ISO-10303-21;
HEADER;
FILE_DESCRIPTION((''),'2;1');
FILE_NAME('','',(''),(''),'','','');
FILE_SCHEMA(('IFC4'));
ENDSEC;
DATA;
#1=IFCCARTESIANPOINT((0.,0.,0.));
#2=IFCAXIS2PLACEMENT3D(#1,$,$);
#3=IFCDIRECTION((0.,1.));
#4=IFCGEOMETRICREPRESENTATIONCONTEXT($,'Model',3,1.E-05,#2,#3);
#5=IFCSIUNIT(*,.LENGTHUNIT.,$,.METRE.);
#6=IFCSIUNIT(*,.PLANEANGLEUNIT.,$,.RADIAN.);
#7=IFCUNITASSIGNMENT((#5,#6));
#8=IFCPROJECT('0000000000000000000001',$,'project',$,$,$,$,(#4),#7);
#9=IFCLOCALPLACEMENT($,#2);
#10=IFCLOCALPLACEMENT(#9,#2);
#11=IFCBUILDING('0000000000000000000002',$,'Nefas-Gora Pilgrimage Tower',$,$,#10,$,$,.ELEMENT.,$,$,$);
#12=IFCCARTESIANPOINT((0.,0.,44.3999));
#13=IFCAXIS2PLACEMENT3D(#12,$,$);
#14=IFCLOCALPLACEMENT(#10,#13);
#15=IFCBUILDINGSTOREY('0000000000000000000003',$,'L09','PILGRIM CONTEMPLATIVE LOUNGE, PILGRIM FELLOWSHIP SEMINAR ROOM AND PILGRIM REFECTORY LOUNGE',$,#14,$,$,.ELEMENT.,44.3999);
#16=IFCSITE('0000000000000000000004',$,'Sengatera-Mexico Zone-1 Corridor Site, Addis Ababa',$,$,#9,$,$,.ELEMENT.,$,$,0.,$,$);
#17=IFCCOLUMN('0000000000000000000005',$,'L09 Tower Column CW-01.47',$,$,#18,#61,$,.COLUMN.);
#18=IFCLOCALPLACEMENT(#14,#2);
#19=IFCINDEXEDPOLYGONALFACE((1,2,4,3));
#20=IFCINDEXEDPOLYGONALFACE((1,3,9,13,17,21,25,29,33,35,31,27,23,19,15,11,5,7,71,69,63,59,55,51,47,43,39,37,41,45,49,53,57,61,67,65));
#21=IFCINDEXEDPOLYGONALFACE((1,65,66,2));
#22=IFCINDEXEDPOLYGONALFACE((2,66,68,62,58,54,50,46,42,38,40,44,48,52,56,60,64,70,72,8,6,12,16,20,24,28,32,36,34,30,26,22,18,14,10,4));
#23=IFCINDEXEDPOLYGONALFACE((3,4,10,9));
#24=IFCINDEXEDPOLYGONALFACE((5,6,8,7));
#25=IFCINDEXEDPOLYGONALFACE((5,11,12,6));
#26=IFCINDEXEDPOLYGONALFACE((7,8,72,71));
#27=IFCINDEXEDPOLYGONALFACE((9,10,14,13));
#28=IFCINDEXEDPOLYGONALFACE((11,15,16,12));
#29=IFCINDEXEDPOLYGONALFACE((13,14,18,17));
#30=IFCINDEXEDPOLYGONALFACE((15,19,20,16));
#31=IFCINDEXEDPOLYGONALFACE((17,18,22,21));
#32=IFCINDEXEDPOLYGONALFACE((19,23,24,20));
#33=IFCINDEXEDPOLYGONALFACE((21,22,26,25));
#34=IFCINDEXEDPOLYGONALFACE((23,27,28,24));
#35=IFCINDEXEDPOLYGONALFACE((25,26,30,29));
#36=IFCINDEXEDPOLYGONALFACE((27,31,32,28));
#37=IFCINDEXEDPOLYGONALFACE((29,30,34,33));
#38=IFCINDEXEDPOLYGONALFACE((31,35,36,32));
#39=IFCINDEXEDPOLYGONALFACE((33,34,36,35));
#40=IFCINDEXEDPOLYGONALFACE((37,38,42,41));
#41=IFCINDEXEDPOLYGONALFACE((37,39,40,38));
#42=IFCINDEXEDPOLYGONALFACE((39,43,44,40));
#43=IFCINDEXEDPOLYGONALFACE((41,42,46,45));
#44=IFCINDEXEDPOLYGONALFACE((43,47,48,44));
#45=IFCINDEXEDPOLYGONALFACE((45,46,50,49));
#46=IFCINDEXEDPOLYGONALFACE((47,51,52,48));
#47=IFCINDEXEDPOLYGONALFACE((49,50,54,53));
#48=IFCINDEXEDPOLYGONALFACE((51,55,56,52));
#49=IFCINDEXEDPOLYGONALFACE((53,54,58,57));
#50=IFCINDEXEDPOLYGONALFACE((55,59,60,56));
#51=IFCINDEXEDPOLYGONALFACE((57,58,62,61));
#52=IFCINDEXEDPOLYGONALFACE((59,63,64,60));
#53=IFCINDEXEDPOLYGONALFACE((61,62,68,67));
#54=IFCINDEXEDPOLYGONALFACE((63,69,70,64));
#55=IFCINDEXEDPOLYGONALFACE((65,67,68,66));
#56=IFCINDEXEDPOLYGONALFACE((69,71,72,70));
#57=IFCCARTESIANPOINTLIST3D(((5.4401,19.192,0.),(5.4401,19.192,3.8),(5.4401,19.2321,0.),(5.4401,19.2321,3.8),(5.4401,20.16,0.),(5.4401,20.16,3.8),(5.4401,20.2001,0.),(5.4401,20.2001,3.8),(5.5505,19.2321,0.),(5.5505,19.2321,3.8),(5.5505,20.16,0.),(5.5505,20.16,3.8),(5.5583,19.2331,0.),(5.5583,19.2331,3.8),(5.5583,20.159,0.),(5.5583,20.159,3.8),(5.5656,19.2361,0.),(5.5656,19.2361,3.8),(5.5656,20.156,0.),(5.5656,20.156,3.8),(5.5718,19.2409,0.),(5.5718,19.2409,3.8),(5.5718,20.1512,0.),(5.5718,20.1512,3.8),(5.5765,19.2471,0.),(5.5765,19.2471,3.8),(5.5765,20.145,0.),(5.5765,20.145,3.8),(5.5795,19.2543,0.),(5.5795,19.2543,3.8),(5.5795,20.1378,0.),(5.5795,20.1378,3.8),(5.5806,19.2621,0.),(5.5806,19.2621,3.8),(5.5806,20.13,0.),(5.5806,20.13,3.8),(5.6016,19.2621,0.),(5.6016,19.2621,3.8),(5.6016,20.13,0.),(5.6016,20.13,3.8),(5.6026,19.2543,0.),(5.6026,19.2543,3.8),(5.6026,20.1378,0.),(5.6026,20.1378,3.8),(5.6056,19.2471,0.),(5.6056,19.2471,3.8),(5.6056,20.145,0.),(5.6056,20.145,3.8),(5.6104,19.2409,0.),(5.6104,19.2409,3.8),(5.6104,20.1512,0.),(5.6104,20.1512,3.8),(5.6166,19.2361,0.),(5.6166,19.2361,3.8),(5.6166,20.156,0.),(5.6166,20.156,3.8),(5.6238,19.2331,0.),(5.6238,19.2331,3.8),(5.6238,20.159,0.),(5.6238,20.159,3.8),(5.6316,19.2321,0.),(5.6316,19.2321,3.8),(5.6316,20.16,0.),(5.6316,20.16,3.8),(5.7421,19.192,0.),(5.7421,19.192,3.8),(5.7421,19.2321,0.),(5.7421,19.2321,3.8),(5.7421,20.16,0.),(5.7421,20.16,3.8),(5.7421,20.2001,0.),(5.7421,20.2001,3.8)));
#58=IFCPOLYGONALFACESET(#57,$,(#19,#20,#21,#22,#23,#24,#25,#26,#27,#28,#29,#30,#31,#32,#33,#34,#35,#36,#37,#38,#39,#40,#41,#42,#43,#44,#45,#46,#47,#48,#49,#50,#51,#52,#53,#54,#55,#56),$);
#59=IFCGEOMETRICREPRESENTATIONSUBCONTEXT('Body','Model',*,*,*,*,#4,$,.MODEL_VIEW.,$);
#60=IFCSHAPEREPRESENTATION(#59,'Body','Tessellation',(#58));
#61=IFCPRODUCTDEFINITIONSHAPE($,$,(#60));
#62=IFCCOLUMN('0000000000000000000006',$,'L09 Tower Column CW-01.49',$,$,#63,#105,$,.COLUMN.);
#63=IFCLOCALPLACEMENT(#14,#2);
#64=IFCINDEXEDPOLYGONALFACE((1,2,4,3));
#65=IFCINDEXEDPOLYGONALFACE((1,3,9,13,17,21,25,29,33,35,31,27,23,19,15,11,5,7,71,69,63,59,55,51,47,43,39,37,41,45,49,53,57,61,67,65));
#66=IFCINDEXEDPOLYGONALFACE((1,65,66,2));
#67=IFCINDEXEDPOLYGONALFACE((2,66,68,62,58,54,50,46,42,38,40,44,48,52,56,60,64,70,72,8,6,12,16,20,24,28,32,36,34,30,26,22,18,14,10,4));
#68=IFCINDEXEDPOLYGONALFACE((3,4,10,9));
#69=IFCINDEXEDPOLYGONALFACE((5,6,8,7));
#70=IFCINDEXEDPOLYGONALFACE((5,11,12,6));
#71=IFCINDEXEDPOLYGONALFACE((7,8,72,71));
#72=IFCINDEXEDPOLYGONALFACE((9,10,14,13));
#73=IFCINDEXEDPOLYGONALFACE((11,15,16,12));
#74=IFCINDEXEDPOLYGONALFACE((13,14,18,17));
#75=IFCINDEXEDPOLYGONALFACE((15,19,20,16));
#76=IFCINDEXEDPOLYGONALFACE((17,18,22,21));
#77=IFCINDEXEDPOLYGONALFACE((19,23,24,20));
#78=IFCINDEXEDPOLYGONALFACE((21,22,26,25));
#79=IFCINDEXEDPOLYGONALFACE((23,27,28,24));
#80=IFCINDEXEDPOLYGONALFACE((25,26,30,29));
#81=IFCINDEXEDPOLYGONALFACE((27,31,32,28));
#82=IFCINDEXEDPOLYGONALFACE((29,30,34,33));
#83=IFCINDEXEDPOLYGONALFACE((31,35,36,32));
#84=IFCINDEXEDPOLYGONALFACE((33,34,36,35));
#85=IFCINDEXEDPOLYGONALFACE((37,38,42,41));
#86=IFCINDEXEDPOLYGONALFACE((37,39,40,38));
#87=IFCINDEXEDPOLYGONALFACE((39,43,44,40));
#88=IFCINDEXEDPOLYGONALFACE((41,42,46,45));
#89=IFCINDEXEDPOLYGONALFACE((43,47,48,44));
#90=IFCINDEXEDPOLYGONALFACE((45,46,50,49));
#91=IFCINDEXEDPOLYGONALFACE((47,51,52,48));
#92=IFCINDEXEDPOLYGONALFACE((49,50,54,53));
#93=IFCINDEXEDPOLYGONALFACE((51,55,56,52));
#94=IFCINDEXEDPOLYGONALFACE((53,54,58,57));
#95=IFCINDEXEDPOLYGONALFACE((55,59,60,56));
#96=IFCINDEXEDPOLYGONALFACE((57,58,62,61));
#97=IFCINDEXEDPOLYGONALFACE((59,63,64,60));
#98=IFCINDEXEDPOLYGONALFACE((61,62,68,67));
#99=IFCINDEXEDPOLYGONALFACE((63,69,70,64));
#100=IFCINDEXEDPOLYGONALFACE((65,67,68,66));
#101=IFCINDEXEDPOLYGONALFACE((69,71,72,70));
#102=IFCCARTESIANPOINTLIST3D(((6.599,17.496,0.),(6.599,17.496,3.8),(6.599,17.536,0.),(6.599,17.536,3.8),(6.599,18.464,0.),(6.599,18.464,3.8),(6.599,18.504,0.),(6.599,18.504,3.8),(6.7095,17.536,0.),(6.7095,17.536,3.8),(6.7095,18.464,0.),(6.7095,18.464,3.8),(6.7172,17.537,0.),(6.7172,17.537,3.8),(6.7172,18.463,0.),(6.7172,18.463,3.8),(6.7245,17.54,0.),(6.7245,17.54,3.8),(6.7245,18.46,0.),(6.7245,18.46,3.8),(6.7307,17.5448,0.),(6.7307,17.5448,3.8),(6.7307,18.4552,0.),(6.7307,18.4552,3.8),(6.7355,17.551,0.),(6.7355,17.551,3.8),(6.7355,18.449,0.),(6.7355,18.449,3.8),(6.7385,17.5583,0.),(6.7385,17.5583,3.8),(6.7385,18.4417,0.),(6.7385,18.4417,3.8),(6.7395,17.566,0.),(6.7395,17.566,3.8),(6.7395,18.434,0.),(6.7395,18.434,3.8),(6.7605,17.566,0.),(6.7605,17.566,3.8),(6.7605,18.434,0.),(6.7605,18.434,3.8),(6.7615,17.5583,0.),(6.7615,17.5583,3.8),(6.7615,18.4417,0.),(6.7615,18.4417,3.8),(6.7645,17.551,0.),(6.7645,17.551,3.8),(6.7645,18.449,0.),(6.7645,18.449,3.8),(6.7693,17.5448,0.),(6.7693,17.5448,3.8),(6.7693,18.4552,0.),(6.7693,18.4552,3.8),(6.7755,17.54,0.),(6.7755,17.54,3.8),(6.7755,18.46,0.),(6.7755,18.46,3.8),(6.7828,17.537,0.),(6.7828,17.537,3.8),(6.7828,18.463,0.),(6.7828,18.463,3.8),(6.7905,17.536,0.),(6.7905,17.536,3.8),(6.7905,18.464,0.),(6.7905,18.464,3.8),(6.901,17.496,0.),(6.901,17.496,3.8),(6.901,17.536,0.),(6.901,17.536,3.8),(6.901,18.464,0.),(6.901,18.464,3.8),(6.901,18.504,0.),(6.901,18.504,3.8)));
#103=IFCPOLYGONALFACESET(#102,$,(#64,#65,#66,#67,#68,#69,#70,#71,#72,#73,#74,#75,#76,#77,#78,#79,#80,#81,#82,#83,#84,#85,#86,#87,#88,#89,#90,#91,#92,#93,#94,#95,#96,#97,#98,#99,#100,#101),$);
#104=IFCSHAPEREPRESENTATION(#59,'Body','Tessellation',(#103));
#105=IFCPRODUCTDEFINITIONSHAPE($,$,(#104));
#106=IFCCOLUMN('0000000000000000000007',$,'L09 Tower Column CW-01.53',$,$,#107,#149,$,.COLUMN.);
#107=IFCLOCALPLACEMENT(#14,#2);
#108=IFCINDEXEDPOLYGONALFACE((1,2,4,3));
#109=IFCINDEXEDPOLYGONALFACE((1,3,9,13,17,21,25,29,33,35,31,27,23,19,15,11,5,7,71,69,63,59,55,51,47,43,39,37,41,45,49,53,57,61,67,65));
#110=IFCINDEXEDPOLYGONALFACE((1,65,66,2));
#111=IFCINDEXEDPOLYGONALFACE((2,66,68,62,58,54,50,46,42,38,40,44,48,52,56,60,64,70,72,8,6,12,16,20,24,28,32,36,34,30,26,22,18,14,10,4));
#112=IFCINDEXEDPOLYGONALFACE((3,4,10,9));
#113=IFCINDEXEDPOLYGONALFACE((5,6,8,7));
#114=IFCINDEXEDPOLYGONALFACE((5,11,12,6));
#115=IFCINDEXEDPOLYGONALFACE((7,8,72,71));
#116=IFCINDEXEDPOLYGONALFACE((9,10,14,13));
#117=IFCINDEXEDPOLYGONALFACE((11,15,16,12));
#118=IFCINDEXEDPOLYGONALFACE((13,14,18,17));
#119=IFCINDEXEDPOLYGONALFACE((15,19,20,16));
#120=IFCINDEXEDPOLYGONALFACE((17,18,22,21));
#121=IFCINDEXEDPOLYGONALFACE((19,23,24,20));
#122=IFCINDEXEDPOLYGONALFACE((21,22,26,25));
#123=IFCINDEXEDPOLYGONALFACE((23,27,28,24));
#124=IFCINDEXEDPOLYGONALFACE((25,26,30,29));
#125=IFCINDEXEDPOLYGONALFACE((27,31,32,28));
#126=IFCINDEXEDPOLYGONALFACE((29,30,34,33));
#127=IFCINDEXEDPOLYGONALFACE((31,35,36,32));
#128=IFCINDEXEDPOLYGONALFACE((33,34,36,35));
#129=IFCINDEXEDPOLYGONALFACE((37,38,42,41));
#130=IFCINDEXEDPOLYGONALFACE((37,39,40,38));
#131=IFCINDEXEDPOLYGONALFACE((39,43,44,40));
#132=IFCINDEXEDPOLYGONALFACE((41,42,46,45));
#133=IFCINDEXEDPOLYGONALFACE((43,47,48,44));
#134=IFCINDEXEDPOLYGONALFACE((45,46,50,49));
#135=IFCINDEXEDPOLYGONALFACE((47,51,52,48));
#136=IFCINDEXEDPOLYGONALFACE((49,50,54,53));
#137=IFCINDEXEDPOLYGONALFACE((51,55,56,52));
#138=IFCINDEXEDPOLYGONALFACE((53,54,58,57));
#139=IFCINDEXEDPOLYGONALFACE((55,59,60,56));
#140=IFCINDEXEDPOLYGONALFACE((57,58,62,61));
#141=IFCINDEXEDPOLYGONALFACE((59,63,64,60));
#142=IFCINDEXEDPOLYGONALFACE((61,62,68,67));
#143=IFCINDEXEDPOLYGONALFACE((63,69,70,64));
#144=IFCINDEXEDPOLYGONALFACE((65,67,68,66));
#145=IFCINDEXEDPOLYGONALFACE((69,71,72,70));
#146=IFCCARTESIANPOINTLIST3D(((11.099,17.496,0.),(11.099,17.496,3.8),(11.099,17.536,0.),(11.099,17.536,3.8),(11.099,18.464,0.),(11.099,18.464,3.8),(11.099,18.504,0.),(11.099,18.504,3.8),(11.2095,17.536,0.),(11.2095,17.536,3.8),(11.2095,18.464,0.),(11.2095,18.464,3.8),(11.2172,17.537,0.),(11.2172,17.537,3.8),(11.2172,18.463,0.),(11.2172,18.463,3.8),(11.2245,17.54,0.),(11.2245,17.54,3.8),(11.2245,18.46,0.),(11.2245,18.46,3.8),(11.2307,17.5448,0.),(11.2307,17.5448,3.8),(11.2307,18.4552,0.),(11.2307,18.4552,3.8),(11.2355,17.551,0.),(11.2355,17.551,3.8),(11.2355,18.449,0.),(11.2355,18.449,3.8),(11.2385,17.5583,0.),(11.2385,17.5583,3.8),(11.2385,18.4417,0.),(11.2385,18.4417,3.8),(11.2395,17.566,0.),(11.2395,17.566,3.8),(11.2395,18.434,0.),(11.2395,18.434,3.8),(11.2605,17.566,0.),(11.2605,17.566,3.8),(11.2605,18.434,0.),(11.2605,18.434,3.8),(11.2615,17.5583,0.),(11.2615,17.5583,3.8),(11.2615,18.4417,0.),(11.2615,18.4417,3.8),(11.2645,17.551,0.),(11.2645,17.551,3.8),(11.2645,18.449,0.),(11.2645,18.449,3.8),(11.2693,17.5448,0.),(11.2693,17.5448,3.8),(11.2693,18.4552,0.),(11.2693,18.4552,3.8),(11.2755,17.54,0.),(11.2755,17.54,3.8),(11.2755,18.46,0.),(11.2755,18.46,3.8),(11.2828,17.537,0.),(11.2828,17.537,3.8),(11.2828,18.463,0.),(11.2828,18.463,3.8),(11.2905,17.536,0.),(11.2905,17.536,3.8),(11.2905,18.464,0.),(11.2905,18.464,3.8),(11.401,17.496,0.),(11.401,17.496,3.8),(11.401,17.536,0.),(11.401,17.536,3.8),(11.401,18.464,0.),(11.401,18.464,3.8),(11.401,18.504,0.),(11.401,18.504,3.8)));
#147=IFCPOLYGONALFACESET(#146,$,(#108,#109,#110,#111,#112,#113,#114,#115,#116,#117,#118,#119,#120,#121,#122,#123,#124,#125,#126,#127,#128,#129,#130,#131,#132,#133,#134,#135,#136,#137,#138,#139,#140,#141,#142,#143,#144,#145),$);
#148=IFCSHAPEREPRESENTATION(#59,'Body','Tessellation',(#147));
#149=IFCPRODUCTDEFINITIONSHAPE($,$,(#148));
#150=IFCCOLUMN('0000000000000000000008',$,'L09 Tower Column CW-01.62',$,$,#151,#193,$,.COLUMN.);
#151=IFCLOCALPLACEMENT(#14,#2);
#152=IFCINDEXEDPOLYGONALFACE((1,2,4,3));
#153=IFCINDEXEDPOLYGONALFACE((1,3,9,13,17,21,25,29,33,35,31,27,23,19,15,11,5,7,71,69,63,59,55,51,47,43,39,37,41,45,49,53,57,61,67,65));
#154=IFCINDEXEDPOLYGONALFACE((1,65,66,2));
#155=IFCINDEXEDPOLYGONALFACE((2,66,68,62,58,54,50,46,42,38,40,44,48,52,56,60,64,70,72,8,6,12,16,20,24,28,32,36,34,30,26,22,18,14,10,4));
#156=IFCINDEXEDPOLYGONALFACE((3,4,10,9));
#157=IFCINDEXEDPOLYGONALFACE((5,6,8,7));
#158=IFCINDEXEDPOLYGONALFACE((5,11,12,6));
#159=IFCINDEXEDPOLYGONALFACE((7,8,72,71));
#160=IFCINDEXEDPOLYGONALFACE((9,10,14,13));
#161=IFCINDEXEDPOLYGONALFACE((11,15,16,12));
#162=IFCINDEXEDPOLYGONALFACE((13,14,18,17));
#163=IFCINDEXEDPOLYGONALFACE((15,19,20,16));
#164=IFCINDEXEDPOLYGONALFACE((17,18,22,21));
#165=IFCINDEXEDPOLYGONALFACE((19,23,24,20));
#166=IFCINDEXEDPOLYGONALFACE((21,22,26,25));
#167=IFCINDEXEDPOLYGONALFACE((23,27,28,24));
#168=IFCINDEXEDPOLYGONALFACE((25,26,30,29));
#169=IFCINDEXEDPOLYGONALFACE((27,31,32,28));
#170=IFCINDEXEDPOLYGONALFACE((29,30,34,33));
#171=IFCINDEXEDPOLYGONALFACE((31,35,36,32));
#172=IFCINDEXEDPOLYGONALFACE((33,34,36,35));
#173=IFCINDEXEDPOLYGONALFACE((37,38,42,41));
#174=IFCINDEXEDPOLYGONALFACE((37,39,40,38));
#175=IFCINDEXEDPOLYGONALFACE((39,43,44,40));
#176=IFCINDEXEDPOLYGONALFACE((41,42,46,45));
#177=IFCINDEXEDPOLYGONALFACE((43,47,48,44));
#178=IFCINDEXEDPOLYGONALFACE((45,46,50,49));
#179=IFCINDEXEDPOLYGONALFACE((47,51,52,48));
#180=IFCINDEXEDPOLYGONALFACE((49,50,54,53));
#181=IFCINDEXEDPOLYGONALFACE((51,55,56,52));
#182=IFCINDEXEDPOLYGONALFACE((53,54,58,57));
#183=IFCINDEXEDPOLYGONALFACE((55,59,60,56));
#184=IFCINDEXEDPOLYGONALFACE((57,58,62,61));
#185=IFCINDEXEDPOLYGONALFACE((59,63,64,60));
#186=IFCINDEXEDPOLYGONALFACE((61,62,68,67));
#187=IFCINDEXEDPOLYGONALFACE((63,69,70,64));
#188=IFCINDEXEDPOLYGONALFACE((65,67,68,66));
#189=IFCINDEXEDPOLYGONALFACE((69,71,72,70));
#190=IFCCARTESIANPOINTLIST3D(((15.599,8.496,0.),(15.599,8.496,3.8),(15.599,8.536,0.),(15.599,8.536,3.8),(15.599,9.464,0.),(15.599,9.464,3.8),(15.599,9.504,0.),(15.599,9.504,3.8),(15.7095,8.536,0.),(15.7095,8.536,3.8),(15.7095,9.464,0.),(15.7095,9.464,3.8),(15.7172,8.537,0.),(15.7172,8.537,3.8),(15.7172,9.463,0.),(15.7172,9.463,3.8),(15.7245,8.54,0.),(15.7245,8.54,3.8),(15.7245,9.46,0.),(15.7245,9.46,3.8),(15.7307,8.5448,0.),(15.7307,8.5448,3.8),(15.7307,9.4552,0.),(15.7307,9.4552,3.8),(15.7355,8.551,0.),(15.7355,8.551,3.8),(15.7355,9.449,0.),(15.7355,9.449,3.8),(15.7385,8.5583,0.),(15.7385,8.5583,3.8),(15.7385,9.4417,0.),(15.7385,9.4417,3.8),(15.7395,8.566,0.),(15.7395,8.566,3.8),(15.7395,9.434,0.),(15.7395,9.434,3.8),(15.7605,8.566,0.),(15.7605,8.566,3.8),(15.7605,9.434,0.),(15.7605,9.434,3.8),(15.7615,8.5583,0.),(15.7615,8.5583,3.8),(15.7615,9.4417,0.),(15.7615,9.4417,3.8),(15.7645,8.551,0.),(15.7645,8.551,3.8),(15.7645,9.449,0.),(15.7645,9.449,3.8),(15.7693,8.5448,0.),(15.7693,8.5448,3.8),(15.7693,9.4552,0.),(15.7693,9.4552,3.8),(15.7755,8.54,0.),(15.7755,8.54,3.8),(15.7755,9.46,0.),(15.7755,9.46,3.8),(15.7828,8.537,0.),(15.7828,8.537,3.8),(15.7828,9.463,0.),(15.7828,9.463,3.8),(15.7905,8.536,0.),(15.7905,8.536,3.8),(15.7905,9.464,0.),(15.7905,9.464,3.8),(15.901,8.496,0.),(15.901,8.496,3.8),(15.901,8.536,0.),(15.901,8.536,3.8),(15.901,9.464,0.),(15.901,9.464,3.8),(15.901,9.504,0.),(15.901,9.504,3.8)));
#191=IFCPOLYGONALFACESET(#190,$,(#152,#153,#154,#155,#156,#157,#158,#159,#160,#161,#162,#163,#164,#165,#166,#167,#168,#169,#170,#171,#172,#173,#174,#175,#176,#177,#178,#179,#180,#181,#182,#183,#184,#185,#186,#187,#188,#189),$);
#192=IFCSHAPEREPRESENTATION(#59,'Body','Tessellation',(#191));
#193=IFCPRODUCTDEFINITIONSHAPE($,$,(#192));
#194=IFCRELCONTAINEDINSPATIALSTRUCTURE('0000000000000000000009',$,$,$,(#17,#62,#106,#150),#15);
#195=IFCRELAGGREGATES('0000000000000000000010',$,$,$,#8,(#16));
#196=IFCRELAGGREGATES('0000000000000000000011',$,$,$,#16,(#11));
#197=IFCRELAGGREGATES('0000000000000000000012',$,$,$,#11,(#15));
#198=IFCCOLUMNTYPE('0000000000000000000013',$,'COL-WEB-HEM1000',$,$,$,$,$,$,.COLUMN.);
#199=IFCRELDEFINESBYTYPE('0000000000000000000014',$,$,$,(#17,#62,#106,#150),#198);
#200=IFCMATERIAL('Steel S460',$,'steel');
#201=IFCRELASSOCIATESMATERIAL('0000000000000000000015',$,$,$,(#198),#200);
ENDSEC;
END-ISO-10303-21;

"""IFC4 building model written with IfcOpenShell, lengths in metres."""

from ifc_helpers import new_model, si_unit, direction, frame, origin, origin_2d, place, context, subcontext, project, spatial, i_section, extrude, source, transform, mapped, material, material_profile, profile_set, type_object, element, save


model = new_model("IFC4")

# Units and contexts
model_context = context("Model", 3, precision=1e-05, world=origin(), true_north=direction((0.0, 1.0)))
body_context = subcontext(model_context, "Body", "Model", "MODEL_VIEW")
ifc_project = project(units=[si_unit("LENGTHUNIT", "METRE"), si_unit("PLANEANGLEUNIT", "RADIAN")], contexts=[model_context])

# Site, building, storey
site_placement = place(None, origin())
site = spatial("IfcSite", under=ifc_project, at=site_placement, Name="Sengatera-Mexico Zone-1 Corridor Site, Addis Ababa", CompositionType="ELEMENT", RefElevation=0.0)
building_placement = place(site_placement, origin())
building = spatial("IfcBuilding", under=site, at=building_placement, Name="Nefas-Gora Pilgrimage Tower", CompositionType="ELEMENT")
storey_placement = place(building_placement, frame((0.0, 0.0, 44.3999)))
storey = spatial("IfcBuildingStorey", under=building, at=storey_placement, Name="L09", Description="PILGRIM CONTEMPLATIVE LOUNGE, PILGRIM FELLOWSHIP SEMINAR ROOM AND PILGRIM REFECTORY LOUNGE", CompositionType="ELEMENT", Elevation=44.3999)

# Columns
ifc_material_1 = material(Name="Steel S460", Category="steel")
ifc_material_profile_1 = material_profile(ifc_material_1, i_section(OverallWidth=0.302, OverallDepth=1.0081, WebThickness=0.021, FlangeThickness=0.04, FilletRadius=0.03, at=origin_2d()), Name="HEM 1000")
ifc_profile_set_1 = profile_set([ifc_material_profile_1], Name="Steel S460")
column_type_1 = type_object("IfcColumnType", Name="COL-WEB-HEM1000", PredefinedType="COLUMN", material=ifc_profile_set_1)
shared_shape_1 = source(origin(), body_context, "Body", "SweptSolid", [
    extrude(i_section(OverallWidth=0.302, OverallDepth=1.0081, WebThickness=0.021, FlangeThickness=0.04, FilletRadius=0.03, at=origin_2d()), origin(), (0.0, 0.0, 1.0), 3.8),
])
for number, where, z_axis, x_axis, name in (
    (1, (5.5911, 19.696, 0.0), (0.0, 0.0, 1.0), (1.0, 0.0, 0.0), "L09 Tower Column CW-01.47"),
    (2, (6.75, 18.0, 0.0), (0.0, 0.0, 1.0), (1.0, 0.0, 0.0), "L09 Tower Column CW-01.49"),
    (3, (11.25, 18.0, 0.0), (0.0, 0.0, 1.0), (1.0, 0.0, 0.0), "L09 Tower Column CW-01.53"),
    (4, (15.75, 9.0, 0.0), (0.0, 0.0, 1.0), (1.0, 0.0, 0.0), "L09 Tower Column CW-01.62"),
):
    element("IfcColumn", number, at=place(storey_placement, frame(where, z_axis=z_axis, x_axis=x_axis)), inside=storey, type_object=column_type_1, Name=name, PredefinedType="COLUMN", context=body_context, shape_type="MappedRepresentation", body=[
        mapped(shared_shape_1, transform((0.0, 0.0, 0.0), x_axis=(1.0, 0.0, 0.0), y_axis=(0.0, 1.0, 0.0), z_axis=(0.0, 0.0, 1.0), scale=1.0)),
    ])

save(model, "model.ifc")
